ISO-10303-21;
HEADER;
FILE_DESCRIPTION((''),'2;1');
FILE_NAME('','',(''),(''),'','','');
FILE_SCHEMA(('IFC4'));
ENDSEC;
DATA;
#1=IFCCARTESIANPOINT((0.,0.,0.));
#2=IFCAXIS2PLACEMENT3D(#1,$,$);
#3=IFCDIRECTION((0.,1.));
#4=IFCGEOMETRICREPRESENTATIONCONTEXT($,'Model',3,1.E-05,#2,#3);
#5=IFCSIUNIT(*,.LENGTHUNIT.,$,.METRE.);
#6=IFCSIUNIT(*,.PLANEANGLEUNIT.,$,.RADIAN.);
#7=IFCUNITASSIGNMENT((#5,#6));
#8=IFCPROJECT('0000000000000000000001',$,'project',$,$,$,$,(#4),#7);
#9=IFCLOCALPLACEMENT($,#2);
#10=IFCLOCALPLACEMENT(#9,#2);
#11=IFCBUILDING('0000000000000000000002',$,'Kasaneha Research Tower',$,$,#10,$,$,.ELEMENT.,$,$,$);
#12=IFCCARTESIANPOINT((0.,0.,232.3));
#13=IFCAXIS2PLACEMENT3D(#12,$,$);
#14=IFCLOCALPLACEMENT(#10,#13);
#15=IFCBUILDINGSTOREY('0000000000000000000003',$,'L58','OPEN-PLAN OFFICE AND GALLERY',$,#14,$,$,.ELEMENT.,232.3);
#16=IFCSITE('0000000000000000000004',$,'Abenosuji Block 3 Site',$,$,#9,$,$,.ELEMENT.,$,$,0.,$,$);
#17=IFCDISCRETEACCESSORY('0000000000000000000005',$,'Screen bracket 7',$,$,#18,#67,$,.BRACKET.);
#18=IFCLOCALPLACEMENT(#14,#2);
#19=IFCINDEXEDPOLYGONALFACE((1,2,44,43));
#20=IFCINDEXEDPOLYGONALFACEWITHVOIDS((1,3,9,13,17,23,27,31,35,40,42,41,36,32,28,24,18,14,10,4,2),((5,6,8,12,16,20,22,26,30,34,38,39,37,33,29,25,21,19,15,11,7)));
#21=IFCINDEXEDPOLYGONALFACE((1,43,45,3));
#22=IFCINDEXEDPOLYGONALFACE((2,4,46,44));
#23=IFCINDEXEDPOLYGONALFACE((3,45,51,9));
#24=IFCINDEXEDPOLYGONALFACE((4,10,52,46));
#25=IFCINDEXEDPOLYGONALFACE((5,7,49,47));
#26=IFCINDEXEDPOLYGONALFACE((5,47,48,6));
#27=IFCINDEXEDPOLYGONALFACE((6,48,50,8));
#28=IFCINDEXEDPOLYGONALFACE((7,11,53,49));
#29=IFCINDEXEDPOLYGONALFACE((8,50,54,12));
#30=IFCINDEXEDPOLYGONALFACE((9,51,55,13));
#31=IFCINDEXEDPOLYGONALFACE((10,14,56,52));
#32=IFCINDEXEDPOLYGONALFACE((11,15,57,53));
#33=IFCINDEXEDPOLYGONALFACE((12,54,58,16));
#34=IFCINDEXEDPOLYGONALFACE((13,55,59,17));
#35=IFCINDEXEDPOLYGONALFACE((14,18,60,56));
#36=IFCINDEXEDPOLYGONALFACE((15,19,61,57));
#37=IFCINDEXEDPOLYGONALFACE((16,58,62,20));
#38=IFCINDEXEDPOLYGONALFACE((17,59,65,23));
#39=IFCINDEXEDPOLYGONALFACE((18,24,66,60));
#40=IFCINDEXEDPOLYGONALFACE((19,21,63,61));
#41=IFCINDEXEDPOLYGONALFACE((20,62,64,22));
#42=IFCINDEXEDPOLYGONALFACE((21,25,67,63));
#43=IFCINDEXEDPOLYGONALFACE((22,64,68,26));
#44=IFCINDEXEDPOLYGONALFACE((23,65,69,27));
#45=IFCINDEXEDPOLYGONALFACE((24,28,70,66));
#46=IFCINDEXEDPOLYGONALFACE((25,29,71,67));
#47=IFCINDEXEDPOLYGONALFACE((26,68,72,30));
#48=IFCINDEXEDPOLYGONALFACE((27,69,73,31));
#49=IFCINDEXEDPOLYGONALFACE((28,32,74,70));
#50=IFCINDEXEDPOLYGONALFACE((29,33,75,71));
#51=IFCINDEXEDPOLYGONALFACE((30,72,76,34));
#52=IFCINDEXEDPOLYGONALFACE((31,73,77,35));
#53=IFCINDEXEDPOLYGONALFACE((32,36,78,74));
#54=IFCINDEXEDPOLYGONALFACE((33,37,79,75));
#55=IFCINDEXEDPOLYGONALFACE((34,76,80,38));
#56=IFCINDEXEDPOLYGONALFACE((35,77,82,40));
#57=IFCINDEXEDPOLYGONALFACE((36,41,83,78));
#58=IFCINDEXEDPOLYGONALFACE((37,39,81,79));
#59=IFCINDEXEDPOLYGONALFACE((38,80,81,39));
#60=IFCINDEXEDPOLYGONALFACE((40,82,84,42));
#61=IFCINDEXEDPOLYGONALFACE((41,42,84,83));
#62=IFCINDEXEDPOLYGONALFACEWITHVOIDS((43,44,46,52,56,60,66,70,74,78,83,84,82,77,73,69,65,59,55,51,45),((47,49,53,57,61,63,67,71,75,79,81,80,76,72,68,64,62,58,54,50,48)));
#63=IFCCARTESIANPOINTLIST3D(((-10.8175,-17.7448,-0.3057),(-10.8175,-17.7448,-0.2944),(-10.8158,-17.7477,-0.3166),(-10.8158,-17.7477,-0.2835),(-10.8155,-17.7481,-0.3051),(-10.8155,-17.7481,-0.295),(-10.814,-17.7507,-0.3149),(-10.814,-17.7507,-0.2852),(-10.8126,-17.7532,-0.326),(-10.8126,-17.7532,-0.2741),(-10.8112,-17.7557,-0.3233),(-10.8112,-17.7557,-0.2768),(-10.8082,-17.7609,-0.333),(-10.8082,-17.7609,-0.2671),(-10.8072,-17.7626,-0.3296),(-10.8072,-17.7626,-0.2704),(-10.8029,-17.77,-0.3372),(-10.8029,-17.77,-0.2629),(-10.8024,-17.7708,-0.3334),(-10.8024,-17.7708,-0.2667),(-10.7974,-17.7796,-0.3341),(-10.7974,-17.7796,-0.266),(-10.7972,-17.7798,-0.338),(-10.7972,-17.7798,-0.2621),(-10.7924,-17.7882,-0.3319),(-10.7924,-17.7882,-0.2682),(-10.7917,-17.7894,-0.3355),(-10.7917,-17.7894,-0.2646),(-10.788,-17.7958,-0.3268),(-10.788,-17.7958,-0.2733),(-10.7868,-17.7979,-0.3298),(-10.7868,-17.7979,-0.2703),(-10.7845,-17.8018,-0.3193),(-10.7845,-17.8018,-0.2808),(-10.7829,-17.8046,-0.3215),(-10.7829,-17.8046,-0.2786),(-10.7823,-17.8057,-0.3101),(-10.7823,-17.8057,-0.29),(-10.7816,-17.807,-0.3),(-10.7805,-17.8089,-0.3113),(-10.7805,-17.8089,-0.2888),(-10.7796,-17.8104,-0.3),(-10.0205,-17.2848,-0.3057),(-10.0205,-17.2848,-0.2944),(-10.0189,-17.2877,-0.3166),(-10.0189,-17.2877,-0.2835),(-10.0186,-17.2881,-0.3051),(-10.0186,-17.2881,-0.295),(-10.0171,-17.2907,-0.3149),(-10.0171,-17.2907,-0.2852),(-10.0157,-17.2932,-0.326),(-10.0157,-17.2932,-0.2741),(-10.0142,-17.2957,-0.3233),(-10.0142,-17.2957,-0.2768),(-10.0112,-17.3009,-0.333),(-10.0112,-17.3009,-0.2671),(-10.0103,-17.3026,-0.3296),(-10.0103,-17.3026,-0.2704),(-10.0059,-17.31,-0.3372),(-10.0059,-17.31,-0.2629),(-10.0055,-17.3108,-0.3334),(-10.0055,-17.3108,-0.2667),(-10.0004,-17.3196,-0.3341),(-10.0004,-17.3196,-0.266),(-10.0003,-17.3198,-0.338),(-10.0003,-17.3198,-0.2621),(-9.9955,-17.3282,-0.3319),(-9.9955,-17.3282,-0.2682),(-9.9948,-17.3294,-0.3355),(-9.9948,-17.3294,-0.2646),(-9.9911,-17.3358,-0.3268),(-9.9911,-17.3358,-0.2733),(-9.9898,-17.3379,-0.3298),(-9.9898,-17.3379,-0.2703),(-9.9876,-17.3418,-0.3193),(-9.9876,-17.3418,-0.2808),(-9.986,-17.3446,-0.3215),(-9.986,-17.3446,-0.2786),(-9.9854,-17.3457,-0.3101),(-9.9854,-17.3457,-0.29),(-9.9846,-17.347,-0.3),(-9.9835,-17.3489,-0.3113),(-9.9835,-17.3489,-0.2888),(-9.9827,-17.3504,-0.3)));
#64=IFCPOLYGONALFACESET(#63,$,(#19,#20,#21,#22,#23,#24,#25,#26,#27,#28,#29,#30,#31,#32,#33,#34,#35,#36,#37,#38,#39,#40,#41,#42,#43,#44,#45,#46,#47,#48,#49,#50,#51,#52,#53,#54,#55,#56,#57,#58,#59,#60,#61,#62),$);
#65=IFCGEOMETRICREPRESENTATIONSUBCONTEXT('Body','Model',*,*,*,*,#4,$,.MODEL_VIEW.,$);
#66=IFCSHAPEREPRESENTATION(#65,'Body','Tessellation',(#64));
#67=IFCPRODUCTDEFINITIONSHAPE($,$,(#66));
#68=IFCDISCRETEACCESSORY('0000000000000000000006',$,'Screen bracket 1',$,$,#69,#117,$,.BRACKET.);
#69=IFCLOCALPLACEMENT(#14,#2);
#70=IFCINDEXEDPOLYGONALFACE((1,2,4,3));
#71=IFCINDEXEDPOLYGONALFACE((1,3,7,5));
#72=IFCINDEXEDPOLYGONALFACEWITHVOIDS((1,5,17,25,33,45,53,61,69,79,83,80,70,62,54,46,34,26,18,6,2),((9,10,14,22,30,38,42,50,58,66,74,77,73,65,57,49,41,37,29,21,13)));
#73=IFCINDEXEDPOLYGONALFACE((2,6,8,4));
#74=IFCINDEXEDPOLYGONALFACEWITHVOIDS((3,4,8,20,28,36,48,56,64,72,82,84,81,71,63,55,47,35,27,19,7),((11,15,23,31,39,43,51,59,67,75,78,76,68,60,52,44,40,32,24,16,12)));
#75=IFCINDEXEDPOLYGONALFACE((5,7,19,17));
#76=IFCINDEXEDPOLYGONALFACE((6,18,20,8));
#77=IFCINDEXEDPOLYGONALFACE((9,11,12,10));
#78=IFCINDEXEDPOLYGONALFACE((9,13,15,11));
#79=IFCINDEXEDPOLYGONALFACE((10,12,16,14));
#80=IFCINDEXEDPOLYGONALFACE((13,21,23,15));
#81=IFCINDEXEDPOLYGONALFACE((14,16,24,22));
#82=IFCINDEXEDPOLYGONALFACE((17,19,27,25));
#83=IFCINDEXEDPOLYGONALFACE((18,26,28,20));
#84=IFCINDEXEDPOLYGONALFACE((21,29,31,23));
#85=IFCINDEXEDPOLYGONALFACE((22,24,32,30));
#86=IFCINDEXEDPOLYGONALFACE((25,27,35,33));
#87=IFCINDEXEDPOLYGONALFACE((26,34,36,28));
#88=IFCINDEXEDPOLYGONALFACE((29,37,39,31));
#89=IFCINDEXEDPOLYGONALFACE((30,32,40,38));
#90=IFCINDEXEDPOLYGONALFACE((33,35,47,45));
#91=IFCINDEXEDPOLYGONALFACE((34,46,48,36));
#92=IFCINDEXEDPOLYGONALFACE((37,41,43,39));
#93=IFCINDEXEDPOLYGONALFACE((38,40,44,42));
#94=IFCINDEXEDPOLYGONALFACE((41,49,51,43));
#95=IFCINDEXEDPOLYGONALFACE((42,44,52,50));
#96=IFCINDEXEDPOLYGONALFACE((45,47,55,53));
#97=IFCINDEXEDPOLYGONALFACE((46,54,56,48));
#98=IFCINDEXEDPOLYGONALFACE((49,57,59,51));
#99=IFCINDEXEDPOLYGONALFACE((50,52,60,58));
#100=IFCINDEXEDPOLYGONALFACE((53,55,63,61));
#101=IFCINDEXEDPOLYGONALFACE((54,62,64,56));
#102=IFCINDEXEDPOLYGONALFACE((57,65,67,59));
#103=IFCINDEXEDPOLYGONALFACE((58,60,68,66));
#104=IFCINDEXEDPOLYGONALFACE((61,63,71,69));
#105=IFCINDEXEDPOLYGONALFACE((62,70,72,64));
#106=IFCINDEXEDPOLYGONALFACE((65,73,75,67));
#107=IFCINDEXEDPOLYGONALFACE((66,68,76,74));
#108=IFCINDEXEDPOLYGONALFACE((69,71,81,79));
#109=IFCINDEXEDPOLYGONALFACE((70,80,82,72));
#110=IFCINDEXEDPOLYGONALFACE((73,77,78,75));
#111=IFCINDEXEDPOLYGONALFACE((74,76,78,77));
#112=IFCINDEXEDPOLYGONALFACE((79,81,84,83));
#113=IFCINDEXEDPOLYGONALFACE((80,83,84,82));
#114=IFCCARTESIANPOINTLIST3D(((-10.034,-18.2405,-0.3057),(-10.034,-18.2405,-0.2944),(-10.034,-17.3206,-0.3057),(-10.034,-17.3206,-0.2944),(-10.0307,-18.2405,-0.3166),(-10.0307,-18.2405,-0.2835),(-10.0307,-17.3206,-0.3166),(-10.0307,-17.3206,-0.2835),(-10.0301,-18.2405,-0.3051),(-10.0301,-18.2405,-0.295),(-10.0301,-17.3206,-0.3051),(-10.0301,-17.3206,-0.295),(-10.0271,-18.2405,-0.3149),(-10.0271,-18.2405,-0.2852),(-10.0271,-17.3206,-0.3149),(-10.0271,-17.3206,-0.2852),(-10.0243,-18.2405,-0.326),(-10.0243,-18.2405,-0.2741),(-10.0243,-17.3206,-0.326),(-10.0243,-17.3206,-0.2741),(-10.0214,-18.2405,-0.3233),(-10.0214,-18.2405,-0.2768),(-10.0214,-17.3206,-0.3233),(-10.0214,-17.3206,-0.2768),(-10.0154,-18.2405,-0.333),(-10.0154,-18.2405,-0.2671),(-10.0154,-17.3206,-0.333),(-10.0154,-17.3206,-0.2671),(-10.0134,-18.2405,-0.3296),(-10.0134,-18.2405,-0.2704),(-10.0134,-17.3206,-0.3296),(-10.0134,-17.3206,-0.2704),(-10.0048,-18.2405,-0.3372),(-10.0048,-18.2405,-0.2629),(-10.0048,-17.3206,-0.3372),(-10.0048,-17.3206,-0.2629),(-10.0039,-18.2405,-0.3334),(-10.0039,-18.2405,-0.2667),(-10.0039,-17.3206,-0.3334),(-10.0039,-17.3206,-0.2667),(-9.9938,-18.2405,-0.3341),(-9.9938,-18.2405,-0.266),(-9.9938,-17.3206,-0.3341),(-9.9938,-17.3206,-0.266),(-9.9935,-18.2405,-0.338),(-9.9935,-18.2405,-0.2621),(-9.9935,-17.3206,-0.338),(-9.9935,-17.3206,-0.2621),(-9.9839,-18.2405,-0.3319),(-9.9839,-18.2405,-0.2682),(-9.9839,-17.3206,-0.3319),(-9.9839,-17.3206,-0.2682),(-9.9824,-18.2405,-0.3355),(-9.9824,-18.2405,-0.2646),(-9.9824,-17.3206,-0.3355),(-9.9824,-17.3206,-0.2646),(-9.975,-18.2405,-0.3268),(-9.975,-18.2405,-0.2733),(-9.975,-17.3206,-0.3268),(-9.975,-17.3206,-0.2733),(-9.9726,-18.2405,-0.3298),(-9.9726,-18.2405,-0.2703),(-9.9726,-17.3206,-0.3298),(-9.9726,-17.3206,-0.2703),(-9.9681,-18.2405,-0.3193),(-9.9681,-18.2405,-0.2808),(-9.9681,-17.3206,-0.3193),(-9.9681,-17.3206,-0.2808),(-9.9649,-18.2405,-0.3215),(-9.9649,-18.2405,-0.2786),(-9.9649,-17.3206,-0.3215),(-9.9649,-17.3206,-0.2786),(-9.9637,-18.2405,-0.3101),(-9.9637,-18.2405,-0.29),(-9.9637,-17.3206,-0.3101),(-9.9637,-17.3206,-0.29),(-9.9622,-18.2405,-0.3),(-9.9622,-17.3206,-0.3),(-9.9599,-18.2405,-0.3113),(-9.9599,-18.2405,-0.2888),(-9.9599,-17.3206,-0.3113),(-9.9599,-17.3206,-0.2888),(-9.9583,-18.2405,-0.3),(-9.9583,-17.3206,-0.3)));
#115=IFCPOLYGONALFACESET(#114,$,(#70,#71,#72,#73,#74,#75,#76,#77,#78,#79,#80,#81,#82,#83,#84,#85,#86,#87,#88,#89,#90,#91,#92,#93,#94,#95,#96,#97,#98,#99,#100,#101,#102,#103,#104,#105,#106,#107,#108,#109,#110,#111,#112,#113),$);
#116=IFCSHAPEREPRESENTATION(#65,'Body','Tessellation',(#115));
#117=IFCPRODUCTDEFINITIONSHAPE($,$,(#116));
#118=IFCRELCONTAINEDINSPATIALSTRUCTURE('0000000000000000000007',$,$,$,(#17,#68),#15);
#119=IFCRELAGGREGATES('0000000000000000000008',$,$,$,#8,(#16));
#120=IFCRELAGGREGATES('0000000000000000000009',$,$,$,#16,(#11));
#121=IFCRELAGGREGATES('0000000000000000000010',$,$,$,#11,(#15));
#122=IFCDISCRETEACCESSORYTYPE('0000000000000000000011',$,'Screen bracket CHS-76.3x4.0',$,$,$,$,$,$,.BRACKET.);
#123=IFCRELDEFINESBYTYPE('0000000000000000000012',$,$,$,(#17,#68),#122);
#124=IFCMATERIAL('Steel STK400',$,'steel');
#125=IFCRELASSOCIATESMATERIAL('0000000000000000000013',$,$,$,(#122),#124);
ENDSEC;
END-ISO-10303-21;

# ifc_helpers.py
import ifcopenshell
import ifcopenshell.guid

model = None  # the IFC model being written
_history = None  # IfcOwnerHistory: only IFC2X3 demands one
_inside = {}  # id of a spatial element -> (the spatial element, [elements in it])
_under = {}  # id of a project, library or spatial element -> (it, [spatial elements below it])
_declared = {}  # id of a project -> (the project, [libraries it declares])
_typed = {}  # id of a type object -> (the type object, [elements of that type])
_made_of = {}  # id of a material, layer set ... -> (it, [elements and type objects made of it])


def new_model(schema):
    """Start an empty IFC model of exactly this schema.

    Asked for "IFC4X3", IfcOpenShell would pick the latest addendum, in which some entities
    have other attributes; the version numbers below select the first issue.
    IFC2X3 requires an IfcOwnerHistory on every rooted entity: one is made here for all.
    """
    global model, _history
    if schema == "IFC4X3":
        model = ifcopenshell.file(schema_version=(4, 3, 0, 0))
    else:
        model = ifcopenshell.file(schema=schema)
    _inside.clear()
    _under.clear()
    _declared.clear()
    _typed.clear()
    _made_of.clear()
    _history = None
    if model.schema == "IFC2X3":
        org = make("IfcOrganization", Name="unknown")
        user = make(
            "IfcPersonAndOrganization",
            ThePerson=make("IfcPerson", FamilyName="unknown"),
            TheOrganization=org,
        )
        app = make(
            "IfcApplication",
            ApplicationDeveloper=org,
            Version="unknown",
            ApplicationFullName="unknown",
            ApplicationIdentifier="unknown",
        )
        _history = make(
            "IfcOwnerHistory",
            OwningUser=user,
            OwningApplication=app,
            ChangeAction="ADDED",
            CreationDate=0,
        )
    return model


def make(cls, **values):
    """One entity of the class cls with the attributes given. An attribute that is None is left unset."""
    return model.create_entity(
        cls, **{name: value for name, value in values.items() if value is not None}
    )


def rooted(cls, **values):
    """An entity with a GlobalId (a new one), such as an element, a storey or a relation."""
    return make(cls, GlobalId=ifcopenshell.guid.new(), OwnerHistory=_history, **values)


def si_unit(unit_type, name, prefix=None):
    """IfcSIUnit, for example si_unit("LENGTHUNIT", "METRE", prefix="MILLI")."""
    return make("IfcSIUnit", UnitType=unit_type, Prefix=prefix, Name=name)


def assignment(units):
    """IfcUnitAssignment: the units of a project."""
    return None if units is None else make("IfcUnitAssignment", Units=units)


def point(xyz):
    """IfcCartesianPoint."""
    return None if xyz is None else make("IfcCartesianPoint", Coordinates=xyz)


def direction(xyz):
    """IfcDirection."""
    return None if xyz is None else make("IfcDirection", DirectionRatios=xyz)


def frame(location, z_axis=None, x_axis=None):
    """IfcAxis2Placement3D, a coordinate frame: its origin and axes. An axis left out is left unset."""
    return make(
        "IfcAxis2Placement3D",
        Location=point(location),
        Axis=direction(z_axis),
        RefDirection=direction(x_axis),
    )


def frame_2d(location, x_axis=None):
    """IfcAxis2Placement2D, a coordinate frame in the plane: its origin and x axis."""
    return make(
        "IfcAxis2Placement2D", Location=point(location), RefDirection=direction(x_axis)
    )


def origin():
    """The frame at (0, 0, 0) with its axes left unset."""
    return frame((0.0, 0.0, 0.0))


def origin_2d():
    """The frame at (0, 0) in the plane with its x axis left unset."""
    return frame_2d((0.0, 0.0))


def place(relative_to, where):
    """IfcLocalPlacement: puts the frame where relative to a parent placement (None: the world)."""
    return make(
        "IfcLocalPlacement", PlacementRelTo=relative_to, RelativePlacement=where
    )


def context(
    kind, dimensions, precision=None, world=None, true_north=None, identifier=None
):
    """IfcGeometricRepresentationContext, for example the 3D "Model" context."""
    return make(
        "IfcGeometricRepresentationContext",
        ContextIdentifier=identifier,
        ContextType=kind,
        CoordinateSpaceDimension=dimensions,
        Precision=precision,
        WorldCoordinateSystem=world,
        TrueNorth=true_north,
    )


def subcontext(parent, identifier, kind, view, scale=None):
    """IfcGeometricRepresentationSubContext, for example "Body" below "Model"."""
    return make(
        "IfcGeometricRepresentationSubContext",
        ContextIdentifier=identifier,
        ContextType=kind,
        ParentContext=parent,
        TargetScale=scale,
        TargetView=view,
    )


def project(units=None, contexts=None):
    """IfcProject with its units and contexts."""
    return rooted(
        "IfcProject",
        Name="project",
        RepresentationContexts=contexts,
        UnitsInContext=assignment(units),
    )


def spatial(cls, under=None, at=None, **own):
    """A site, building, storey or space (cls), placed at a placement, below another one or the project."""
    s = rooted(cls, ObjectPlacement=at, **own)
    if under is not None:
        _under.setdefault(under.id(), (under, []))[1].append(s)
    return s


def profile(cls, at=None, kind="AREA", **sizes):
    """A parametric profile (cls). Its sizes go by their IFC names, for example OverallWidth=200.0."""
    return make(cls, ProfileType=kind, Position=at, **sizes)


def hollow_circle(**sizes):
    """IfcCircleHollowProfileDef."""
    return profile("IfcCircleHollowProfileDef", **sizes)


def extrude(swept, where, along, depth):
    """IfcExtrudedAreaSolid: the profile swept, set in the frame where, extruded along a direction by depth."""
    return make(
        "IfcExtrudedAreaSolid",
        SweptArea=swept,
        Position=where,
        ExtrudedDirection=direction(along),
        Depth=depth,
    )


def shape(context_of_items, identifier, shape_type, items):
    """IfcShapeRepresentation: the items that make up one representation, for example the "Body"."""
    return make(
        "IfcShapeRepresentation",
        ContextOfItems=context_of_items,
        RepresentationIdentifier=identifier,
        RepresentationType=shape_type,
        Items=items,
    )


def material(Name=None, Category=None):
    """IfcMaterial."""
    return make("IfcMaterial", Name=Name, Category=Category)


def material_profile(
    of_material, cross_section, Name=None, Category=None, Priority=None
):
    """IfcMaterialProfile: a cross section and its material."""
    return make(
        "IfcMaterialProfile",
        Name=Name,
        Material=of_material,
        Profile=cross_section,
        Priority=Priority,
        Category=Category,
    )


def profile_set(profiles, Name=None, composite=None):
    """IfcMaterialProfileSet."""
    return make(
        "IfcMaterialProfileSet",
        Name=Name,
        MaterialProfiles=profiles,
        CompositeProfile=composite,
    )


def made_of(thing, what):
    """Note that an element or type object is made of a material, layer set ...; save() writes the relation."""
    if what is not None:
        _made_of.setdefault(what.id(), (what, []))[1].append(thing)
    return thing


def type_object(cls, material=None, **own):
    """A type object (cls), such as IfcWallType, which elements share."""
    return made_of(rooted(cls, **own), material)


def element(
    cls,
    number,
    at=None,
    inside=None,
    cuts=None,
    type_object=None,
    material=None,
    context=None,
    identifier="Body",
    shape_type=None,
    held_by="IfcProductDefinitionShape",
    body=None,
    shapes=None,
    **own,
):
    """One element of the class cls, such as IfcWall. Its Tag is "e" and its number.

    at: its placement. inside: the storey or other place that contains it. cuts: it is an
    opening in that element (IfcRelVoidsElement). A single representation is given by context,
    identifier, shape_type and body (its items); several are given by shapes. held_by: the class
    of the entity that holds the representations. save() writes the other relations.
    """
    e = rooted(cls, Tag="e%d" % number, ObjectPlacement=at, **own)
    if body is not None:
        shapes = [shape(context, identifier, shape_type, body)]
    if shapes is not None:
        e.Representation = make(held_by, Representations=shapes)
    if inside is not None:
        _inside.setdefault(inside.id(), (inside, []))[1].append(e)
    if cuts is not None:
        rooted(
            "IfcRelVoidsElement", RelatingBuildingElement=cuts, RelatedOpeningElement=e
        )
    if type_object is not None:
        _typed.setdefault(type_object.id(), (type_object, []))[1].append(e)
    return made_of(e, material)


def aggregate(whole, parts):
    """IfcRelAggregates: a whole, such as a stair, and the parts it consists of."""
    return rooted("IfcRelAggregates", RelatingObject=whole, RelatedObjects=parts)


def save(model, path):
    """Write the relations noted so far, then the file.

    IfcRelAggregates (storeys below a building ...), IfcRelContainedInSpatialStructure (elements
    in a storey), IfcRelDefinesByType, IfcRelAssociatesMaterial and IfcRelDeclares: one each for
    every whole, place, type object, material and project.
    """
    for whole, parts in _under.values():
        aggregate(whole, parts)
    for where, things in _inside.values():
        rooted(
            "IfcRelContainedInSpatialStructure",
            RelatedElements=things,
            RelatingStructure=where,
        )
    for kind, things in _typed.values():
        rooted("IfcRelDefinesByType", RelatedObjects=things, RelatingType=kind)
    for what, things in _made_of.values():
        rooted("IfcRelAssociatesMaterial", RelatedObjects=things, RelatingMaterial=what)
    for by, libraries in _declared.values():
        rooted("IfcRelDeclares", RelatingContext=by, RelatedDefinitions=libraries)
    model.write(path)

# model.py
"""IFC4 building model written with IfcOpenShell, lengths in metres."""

from ifc_helpers import new_model, si_unit, direction, frame, origin, origin_2d, place, context, subcontext, project, spatial, hollow_circle, extrude, material, material_profile, profile_set, type_object, element, save


model = new_model("IFC4")

# Units and contexts
model_context = context("Model", 3, precision=1e-05, world=origin(), true_north=direction((0.0, 1.0)))
body_context = subcontext(model_context, "Body", "Model", "MODEL_VIEW")
ifc_project = project(units=[si_unit("LENGTHUNIT", "METRE"), si_unit("PLANEANGLEUNIT", "RADIAN")], contexts=[model_context])

# Site, building, storey
site_placement = place(None, origin())
site = spatial("IfcSite", under=ifc_project, at=site_placement, Name="Abenosuji Block 3 Site", CompositionType="ELEMENT", RefElevation=0.0)
building_placement = place(site_placement, origin())
building = spatial("IfcBuilding", under=site, at=building_placement, Name="Kasaneha Research Tower", CompositionType="ELEMENT")
storey_placement = place(building_placement, frame((0.0, 0.0, 232.3)))
storey = spatial("IfcBuildingStorey", under=building, at=storey_placement, Name="L58", Description="OPEN-PLAN OFFICE AND GALLERY", CompositionType="ELEMENT", Elevation=232.3)

# Discrete accessories
ifc_material_1 = material(Name="Steel STK400", Category="steel")
ifc_material_profile_1 = material_profile(ifc_material_1, hollow_circle(Radius=0.0381, WallThickness=0.0039, at=origin_2d()), Name="CHS-76.3x4.0")
ifc_profile_set_1 = profile_set([ifc_material_profile_1], Name="Steel STK400")
discrete_accessory_type = type_object("IfcDiscreteAccessoryType", Name="Screen bracket CHS-76.3x4.0", PredefinedType="BRACKET", material=ifc_profile_set_1)
discrete_accessory_1_placement = place(storey_placement, frame((-10.0017, -17.3174, -0.3), z_axis=(-0.86608, -0.499906, 0.0), x_axis=(0.499906, -0.86608, 0.0)))
element("IfcDiscreteAccessory", 1, at=discrete_accessory_1_placement, inside=storey, type_object=discrete_accessory_type, Name="Screen bracket 7", PredefinedType="BRACKET", context=body_context, shape_type="SweptSolid", body=[
    extrude(hollow_circle(Radius=0.0381, WallThickness=0.0039, at=origin_2d()), origin(), (0.0, 0.0, 1.0), 0.9202),
])
discrete_accessory_2_placement = place(storey_placement, frame((-9.9963, -17.3206, -0.3), z_axis=(0.0, -1.0, 0.0), x_axis=(1.0, 0.0, 0.0)))
element("IfcDiscreteAccessory", 2, at=discrete_accessory_2_placement, inside=storey, type_object=discrete_accessory_type, Name="Screen bracket 1", PredefinedType="BRACKET", context=body_context, shape_type="SweptSolid", body=[
    extrude(hollow_circle(Radius=0.0381, WallThickness=0.0039, at=origin_2d()), origin(), (0.0, 0.0, 1.0), 0.9199),
])

save(model, "model.ifc")
